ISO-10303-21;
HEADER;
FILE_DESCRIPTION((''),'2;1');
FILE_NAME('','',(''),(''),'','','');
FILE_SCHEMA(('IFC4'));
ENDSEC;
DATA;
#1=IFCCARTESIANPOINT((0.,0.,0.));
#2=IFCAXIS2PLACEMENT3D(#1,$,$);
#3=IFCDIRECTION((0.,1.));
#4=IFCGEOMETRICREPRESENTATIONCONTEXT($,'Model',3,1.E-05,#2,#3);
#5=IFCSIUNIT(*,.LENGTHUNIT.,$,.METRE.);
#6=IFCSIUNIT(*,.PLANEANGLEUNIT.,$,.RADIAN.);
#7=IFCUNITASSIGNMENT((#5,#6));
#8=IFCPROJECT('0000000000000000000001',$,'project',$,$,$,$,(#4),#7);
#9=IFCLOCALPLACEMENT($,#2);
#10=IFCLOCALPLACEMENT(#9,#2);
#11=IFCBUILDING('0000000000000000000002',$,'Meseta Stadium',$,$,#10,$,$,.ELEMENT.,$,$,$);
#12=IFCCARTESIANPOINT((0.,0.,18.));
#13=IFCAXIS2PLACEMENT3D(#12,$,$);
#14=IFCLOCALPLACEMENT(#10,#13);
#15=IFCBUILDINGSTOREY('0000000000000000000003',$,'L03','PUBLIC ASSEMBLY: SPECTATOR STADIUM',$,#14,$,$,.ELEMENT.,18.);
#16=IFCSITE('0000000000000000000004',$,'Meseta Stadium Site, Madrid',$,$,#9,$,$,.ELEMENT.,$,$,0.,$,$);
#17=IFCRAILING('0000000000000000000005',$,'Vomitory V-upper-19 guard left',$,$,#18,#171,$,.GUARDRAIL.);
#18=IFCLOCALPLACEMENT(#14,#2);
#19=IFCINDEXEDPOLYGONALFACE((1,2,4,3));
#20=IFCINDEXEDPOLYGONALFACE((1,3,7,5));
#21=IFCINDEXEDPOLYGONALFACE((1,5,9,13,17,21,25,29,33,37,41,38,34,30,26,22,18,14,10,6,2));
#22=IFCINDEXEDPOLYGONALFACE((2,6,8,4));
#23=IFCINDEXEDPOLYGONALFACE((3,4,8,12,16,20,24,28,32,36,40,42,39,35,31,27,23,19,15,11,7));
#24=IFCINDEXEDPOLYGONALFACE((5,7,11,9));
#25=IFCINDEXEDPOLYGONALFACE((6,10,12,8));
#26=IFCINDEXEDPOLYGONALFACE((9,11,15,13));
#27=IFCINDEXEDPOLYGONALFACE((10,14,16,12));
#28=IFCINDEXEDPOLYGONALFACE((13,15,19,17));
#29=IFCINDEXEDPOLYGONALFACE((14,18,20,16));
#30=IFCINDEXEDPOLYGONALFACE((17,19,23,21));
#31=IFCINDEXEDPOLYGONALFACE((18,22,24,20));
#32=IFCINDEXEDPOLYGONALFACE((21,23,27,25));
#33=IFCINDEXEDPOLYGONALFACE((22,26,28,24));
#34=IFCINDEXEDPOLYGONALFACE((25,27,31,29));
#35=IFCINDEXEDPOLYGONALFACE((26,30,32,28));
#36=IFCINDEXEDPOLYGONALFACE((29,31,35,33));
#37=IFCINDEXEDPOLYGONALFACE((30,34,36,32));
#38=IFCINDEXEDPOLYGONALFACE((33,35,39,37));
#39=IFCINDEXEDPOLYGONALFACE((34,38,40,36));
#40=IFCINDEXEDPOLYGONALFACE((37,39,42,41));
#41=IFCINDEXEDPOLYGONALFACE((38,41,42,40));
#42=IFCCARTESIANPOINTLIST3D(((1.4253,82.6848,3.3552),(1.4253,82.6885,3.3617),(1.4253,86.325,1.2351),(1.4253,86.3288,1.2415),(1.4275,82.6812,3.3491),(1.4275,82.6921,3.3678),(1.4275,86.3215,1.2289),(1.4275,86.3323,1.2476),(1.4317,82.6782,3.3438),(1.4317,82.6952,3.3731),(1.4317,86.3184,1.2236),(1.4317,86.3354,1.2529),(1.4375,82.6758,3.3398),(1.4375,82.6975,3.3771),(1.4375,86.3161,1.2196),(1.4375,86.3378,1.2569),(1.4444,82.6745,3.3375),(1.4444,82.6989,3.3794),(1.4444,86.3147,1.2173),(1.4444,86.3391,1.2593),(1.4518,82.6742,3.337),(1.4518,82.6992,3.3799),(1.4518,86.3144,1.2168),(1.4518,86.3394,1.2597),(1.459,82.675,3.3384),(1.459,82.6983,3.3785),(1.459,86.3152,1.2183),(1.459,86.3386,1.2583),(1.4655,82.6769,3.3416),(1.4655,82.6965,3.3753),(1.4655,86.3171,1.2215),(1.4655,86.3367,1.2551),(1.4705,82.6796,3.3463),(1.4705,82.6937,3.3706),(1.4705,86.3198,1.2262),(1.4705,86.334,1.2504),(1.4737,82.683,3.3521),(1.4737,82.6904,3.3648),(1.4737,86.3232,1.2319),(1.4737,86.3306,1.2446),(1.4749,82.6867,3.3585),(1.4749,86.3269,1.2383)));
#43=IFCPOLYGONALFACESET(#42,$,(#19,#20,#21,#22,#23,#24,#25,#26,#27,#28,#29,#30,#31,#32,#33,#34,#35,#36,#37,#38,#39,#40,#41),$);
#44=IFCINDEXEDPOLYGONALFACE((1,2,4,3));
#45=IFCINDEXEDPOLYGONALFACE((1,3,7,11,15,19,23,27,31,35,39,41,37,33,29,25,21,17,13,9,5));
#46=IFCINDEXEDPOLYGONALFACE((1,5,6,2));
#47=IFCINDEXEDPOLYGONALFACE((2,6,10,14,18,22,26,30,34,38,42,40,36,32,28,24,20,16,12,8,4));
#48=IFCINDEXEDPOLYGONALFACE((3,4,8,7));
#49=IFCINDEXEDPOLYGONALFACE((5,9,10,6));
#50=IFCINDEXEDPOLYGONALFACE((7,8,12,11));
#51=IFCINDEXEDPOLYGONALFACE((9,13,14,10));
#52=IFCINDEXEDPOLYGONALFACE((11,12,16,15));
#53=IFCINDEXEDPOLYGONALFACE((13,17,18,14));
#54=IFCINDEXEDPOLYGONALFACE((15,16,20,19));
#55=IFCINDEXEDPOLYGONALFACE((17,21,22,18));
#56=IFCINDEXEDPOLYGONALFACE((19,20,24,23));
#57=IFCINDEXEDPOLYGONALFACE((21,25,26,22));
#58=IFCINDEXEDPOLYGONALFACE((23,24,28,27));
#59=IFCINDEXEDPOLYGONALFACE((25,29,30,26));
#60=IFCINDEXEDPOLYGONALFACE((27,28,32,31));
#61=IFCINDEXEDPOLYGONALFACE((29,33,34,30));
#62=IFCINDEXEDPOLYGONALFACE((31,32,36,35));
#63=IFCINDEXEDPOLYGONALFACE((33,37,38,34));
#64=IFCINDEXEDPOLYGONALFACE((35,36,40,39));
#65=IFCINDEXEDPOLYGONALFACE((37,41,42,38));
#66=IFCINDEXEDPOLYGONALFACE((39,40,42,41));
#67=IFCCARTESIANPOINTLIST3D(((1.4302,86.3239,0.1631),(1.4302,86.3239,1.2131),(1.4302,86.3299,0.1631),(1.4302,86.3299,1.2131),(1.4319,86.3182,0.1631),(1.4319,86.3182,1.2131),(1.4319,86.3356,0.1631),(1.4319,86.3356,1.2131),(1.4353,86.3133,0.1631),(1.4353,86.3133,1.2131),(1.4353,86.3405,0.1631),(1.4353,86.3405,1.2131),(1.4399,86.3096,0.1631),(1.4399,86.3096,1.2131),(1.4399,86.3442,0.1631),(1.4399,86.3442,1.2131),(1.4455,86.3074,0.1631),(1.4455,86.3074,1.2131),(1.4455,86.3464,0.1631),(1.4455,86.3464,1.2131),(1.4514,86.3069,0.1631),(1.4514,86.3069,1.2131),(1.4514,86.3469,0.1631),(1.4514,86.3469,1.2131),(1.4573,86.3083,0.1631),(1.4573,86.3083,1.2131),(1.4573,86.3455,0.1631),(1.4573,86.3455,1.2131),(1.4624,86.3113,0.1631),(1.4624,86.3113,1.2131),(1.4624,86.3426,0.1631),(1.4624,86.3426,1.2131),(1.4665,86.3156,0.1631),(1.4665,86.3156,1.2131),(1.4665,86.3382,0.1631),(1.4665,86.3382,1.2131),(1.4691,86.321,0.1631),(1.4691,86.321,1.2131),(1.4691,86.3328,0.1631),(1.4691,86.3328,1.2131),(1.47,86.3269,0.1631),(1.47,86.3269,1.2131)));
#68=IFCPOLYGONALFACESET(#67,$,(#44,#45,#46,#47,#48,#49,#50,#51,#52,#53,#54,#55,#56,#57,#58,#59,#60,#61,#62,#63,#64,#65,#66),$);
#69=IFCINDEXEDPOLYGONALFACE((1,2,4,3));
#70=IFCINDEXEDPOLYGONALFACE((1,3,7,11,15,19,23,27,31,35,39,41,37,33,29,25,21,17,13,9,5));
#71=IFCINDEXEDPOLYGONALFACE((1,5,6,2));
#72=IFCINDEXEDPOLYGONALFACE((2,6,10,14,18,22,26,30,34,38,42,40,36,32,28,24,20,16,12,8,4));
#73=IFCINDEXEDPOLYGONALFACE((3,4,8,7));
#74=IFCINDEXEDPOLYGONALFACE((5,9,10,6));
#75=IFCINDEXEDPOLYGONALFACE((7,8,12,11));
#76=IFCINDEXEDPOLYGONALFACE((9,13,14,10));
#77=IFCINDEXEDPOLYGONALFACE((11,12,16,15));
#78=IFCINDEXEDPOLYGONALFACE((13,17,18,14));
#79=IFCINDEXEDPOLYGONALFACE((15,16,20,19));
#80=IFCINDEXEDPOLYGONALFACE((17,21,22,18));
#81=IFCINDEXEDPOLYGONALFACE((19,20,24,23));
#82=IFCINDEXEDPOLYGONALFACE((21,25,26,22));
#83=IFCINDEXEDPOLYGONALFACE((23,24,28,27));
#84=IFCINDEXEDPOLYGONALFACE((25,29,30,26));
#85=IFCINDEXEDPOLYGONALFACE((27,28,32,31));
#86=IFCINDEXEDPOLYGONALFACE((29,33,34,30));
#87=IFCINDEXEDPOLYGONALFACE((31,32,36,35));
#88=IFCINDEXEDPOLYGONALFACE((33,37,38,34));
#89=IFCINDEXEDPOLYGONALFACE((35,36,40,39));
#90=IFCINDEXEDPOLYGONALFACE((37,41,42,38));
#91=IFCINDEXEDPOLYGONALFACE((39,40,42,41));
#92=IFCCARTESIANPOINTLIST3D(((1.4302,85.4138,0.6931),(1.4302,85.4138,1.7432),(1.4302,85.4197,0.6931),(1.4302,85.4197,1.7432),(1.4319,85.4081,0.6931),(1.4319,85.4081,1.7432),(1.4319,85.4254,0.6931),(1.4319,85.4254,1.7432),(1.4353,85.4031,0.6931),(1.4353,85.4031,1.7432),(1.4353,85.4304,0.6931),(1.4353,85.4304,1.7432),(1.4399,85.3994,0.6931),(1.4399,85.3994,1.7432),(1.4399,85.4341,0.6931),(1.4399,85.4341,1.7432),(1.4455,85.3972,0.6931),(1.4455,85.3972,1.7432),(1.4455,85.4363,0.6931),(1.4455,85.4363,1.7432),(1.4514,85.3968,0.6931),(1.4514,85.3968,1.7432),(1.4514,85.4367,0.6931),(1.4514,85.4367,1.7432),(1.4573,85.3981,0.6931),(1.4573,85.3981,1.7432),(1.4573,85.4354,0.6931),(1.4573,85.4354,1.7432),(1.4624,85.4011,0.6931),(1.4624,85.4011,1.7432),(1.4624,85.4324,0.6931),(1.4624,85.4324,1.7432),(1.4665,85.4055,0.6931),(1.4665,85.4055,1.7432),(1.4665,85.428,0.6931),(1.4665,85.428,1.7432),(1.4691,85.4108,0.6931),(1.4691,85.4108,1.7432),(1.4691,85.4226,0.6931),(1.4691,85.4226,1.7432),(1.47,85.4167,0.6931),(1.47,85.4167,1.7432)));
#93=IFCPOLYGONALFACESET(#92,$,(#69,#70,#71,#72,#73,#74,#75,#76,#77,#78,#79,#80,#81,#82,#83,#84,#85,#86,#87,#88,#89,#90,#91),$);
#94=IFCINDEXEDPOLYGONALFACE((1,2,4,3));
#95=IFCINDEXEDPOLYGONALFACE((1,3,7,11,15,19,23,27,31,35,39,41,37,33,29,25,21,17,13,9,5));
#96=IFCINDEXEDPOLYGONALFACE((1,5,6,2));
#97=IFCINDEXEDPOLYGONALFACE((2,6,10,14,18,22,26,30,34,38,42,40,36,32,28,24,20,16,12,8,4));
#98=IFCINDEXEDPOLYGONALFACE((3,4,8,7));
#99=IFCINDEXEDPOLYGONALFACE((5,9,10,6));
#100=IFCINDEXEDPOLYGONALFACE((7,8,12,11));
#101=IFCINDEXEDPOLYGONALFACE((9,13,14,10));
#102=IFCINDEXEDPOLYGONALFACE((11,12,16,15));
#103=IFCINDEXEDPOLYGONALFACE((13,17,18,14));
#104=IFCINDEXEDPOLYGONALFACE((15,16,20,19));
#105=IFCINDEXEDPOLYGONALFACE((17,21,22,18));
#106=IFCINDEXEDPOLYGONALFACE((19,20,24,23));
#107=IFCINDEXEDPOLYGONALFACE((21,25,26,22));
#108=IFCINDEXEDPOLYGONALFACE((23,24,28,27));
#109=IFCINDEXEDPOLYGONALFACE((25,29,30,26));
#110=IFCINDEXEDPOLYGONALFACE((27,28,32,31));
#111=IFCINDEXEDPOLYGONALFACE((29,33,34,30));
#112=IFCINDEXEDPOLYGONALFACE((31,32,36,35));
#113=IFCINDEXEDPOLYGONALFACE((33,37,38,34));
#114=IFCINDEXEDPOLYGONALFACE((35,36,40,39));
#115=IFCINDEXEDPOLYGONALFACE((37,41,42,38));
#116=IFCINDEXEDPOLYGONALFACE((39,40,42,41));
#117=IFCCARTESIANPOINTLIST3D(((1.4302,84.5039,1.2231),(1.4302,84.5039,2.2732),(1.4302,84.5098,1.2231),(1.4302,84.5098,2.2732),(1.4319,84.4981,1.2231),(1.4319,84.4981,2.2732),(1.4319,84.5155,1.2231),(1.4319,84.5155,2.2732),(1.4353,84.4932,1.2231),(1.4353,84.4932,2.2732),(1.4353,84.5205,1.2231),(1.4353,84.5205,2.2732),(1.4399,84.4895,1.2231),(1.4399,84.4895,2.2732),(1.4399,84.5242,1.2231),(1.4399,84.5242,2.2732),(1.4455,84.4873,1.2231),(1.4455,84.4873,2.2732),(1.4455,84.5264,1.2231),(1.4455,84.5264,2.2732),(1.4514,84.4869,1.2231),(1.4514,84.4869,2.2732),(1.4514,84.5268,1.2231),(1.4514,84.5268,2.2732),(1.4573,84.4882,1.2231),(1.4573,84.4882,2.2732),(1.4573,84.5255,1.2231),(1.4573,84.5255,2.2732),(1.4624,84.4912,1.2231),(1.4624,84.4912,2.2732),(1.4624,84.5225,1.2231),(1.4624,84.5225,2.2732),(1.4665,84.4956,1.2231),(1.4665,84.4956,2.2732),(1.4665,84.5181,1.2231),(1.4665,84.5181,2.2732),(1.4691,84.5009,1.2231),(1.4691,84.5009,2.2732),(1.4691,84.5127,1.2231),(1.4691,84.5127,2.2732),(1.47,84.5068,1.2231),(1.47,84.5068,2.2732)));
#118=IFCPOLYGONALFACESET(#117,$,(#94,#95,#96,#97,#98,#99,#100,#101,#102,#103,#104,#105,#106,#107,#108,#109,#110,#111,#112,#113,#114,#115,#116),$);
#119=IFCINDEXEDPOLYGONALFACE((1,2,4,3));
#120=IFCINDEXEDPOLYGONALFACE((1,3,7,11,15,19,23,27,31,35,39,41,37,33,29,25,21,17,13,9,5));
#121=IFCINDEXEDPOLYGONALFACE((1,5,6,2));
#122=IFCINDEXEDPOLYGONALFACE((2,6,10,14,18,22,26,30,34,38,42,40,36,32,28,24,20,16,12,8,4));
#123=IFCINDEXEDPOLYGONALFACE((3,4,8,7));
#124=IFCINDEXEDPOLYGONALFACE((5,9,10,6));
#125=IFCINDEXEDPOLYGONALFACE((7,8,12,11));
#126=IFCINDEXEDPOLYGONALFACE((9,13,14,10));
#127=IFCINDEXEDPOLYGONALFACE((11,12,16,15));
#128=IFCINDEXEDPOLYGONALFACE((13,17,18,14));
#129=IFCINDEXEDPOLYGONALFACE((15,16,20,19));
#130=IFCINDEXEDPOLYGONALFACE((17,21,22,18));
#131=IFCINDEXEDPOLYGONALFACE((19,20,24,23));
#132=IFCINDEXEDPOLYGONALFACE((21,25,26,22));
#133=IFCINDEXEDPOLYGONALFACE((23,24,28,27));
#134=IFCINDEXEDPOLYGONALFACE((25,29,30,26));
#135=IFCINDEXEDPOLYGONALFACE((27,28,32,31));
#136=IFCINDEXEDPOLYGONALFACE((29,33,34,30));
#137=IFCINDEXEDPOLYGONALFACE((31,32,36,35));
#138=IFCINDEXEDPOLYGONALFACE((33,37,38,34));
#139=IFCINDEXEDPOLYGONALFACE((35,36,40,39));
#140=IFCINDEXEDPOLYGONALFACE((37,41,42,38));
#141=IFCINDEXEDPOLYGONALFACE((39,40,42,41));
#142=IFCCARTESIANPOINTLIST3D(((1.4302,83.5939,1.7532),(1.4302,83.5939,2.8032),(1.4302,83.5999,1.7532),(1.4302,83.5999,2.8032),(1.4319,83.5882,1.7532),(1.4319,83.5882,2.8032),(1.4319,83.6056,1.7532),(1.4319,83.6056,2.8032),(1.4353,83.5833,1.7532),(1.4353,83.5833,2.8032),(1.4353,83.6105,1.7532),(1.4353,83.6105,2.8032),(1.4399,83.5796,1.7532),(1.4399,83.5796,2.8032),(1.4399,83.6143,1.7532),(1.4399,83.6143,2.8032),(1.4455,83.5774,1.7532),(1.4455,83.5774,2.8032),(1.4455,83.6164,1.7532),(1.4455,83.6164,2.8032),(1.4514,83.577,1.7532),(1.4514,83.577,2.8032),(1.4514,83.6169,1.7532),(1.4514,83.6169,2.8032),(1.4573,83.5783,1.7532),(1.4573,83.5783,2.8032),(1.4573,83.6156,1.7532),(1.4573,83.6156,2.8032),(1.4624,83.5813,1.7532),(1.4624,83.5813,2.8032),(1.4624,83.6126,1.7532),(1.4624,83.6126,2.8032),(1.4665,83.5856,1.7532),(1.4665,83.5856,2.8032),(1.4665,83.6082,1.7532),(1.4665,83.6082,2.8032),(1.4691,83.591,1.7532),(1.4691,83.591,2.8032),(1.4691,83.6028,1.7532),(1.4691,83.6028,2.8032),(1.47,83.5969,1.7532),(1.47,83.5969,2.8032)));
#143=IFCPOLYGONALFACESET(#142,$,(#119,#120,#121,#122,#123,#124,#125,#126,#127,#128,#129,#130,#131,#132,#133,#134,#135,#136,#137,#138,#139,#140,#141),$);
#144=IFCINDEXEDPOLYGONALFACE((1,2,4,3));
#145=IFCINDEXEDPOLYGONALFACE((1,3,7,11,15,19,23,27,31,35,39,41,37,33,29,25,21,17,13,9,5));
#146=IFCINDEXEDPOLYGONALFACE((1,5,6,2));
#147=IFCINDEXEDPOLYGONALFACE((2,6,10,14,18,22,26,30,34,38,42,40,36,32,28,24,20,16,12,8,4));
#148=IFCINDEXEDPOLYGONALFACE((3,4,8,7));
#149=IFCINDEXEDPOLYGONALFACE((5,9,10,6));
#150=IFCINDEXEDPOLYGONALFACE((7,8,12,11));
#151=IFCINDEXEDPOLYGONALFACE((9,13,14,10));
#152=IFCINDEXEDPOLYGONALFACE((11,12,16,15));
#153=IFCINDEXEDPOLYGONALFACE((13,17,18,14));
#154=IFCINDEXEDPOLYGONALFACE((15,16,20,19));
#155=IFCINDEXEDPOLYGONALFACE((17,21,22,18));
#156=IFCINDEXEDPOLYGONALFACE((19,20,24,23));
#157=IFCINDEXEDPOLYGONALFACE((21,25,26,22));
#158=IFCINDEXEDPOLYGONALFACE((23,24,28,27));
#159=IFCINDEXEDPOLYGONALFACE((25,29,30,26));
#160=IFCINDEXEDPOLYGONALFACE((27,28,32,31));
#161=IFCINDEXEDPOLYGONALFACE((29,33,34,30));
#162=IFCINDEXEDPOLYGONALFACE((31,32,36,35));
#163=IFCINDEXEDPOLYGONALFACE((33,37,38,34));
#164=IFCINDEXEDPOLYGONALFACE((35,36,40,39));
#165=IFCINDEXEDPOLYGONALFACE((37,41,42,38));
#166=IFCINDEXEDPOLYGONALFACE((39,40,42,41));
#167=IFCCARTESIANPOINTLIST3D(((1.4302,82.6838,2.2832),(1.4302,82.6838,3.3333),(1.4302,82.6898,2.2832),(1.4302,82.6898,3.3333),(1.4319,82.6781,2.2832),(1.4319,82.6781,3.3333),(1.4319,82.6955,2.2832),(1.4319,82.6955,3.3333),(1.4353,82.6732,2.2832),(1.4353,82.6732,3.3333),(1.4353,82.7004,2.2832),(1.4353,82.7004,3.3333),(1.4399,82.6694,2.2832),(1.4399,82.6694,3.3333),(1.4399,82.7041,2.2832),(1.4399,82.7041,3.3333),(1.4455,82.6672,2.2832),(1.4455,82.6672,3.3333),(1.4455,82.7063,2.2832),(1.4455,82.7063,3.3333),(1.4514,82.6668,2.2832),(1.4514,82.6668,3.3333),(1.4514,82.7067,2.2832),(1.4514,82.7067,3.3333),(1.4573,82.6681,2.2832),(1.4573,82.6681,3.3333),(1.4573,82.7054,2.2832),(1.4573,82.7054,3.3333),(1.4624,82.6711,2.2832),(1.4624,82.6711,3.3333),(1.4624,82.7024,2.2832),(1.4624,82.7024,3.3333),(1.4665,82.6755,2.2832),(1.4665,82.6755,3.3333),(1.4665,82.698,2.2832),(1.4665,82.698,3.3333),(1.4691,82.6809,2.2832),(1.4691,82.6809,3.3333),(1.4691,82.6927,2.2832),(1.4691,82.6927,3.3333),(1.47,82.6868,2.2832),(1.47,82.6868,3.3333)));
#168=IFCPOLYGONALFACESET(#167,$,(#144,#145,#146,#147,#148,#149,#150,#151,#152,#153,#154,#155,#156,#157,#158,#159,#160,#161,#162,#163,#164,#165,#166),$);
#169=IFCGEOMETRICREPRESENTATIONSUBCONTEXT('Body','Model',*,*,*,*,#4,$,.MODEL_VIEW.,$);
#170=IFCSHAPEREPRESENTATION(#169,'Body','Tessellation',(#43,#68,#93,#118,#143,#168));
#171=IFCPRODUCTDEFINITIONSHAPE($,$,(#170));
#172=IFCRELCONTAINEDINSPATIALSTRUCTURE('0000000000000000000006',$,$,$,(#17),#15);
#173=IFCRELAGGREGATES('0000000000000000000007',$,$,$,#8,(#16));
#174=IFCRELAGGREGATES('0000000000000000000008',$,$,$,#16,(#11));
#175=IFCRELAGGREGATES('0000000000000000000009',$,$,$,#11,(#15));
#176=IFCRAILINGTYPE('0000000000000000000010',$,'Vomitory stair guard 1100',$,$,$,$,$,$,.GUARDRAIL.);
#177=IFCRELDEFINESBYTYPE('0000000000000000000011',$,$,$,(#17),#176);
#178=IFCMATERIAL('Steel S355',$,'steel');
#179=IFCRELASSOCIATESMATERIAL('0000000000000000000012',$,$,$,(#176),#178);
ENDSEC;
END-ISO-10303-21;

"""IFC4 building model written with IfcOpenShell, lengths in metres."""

from ifc_helpers import new_model, si_unit, direction, frame, origin, origin_2d, place, context, subcontext, project, spatial, circle, extrude, material, type_object, element, save


model = new_model("IFC4")

# Units and contexts
model_context = context("Model", 3, precision=1e-05, world=origin(), true_north=direction((0.0, 1.0)))
body_context = subcontext(model_context, "Body", "Model", "MODEL_VIEW")
ifc_project = project(units=[si_unit("LENGTHUNIT", "METRE"), si_unit("PLANEANGLEUNIT", "RADIAN")], contexts=[model_context])

# Site, building, storey
site_placement = place(None, origin())
site = spatial("IfcSite", under=ifc_project, at=site_placement, Name="Meseta Stadium Site, Madrid", CompositionType="ELEMENT", RefElevation=0.0)
building_placement = place(site_placement, origin())
building = spatial("IfcBuilding", under=site, at=building_placement, Name="Meseta Stadium", CompositionType="ELEMENT")
storey_placement = place(building_placement, frame((0.0, 0.0, 18.0)))
storey = spatial("IfcBuildingStorey", under=building, at=storey_placement, Name="L03", Description="PUBLIC ASSEMBLY: SPECTATOR STADIUM", CompositionType="ELEMENT", Elevation=18.0)

# Railing
ifc_material_1 = material(Name="Steel S355", Category="steel")
railing_type_1 = type_object("IfcRailingType", Name="Vomitory stair guard 1100", PredefinedType="GUARDRAIL", material=ifc_material_1)
railing_1_placement = place(storey_placement, frame((1.45, 86.3269, 0.1631)))
element("IfcRailing", 1, at=railing_1_placement, inside=storey, type_object=railing_type_1, Name="Vomitory V-upper-19 guard left", PredefinedType="GUARDRAIL", context=body_context, shape_type="SweptSolid", body=[
    extrude(circle(Radius=0.0249, at=origin_2d()), frame((0.0, 0.0, 1.0752), z_axis=(0.0, -0.864119, 0.503287), x_axis=(1.0, 0.0, 0.0)), (0.0, 0.0, 1.0), 4.2126),
    extrude(circle(Radius=0.02, at=origin_2d()), origin(), (0.0, 0.0, 1.0), 1.05),
    extrude(circle(Radius=0.02, at=origin_2d()), frame((0.0, -0.9102, 0.53)), (0.0, 0.0, 1.0), 1.05),
    extrude(circle(Radius=0.02, at=origin_2d()), frame((0.0, -1.8201, 1.0601)), (0.0, 0.0, 1.0), 1.05),
    extrude(circle(Radius=0.02, at=origin_2d()), frame((0.0, -2.73, 1.5901)), (0.0, 0.0, 1.0), 1.05),
    extrude(circle(Radius=0.02, at=origin_2d()), frame((0.0, -3.6401, 2.1201)), (0.0, 0.0, 1.0), 1.05),
])

save(model, "model.ifc")
